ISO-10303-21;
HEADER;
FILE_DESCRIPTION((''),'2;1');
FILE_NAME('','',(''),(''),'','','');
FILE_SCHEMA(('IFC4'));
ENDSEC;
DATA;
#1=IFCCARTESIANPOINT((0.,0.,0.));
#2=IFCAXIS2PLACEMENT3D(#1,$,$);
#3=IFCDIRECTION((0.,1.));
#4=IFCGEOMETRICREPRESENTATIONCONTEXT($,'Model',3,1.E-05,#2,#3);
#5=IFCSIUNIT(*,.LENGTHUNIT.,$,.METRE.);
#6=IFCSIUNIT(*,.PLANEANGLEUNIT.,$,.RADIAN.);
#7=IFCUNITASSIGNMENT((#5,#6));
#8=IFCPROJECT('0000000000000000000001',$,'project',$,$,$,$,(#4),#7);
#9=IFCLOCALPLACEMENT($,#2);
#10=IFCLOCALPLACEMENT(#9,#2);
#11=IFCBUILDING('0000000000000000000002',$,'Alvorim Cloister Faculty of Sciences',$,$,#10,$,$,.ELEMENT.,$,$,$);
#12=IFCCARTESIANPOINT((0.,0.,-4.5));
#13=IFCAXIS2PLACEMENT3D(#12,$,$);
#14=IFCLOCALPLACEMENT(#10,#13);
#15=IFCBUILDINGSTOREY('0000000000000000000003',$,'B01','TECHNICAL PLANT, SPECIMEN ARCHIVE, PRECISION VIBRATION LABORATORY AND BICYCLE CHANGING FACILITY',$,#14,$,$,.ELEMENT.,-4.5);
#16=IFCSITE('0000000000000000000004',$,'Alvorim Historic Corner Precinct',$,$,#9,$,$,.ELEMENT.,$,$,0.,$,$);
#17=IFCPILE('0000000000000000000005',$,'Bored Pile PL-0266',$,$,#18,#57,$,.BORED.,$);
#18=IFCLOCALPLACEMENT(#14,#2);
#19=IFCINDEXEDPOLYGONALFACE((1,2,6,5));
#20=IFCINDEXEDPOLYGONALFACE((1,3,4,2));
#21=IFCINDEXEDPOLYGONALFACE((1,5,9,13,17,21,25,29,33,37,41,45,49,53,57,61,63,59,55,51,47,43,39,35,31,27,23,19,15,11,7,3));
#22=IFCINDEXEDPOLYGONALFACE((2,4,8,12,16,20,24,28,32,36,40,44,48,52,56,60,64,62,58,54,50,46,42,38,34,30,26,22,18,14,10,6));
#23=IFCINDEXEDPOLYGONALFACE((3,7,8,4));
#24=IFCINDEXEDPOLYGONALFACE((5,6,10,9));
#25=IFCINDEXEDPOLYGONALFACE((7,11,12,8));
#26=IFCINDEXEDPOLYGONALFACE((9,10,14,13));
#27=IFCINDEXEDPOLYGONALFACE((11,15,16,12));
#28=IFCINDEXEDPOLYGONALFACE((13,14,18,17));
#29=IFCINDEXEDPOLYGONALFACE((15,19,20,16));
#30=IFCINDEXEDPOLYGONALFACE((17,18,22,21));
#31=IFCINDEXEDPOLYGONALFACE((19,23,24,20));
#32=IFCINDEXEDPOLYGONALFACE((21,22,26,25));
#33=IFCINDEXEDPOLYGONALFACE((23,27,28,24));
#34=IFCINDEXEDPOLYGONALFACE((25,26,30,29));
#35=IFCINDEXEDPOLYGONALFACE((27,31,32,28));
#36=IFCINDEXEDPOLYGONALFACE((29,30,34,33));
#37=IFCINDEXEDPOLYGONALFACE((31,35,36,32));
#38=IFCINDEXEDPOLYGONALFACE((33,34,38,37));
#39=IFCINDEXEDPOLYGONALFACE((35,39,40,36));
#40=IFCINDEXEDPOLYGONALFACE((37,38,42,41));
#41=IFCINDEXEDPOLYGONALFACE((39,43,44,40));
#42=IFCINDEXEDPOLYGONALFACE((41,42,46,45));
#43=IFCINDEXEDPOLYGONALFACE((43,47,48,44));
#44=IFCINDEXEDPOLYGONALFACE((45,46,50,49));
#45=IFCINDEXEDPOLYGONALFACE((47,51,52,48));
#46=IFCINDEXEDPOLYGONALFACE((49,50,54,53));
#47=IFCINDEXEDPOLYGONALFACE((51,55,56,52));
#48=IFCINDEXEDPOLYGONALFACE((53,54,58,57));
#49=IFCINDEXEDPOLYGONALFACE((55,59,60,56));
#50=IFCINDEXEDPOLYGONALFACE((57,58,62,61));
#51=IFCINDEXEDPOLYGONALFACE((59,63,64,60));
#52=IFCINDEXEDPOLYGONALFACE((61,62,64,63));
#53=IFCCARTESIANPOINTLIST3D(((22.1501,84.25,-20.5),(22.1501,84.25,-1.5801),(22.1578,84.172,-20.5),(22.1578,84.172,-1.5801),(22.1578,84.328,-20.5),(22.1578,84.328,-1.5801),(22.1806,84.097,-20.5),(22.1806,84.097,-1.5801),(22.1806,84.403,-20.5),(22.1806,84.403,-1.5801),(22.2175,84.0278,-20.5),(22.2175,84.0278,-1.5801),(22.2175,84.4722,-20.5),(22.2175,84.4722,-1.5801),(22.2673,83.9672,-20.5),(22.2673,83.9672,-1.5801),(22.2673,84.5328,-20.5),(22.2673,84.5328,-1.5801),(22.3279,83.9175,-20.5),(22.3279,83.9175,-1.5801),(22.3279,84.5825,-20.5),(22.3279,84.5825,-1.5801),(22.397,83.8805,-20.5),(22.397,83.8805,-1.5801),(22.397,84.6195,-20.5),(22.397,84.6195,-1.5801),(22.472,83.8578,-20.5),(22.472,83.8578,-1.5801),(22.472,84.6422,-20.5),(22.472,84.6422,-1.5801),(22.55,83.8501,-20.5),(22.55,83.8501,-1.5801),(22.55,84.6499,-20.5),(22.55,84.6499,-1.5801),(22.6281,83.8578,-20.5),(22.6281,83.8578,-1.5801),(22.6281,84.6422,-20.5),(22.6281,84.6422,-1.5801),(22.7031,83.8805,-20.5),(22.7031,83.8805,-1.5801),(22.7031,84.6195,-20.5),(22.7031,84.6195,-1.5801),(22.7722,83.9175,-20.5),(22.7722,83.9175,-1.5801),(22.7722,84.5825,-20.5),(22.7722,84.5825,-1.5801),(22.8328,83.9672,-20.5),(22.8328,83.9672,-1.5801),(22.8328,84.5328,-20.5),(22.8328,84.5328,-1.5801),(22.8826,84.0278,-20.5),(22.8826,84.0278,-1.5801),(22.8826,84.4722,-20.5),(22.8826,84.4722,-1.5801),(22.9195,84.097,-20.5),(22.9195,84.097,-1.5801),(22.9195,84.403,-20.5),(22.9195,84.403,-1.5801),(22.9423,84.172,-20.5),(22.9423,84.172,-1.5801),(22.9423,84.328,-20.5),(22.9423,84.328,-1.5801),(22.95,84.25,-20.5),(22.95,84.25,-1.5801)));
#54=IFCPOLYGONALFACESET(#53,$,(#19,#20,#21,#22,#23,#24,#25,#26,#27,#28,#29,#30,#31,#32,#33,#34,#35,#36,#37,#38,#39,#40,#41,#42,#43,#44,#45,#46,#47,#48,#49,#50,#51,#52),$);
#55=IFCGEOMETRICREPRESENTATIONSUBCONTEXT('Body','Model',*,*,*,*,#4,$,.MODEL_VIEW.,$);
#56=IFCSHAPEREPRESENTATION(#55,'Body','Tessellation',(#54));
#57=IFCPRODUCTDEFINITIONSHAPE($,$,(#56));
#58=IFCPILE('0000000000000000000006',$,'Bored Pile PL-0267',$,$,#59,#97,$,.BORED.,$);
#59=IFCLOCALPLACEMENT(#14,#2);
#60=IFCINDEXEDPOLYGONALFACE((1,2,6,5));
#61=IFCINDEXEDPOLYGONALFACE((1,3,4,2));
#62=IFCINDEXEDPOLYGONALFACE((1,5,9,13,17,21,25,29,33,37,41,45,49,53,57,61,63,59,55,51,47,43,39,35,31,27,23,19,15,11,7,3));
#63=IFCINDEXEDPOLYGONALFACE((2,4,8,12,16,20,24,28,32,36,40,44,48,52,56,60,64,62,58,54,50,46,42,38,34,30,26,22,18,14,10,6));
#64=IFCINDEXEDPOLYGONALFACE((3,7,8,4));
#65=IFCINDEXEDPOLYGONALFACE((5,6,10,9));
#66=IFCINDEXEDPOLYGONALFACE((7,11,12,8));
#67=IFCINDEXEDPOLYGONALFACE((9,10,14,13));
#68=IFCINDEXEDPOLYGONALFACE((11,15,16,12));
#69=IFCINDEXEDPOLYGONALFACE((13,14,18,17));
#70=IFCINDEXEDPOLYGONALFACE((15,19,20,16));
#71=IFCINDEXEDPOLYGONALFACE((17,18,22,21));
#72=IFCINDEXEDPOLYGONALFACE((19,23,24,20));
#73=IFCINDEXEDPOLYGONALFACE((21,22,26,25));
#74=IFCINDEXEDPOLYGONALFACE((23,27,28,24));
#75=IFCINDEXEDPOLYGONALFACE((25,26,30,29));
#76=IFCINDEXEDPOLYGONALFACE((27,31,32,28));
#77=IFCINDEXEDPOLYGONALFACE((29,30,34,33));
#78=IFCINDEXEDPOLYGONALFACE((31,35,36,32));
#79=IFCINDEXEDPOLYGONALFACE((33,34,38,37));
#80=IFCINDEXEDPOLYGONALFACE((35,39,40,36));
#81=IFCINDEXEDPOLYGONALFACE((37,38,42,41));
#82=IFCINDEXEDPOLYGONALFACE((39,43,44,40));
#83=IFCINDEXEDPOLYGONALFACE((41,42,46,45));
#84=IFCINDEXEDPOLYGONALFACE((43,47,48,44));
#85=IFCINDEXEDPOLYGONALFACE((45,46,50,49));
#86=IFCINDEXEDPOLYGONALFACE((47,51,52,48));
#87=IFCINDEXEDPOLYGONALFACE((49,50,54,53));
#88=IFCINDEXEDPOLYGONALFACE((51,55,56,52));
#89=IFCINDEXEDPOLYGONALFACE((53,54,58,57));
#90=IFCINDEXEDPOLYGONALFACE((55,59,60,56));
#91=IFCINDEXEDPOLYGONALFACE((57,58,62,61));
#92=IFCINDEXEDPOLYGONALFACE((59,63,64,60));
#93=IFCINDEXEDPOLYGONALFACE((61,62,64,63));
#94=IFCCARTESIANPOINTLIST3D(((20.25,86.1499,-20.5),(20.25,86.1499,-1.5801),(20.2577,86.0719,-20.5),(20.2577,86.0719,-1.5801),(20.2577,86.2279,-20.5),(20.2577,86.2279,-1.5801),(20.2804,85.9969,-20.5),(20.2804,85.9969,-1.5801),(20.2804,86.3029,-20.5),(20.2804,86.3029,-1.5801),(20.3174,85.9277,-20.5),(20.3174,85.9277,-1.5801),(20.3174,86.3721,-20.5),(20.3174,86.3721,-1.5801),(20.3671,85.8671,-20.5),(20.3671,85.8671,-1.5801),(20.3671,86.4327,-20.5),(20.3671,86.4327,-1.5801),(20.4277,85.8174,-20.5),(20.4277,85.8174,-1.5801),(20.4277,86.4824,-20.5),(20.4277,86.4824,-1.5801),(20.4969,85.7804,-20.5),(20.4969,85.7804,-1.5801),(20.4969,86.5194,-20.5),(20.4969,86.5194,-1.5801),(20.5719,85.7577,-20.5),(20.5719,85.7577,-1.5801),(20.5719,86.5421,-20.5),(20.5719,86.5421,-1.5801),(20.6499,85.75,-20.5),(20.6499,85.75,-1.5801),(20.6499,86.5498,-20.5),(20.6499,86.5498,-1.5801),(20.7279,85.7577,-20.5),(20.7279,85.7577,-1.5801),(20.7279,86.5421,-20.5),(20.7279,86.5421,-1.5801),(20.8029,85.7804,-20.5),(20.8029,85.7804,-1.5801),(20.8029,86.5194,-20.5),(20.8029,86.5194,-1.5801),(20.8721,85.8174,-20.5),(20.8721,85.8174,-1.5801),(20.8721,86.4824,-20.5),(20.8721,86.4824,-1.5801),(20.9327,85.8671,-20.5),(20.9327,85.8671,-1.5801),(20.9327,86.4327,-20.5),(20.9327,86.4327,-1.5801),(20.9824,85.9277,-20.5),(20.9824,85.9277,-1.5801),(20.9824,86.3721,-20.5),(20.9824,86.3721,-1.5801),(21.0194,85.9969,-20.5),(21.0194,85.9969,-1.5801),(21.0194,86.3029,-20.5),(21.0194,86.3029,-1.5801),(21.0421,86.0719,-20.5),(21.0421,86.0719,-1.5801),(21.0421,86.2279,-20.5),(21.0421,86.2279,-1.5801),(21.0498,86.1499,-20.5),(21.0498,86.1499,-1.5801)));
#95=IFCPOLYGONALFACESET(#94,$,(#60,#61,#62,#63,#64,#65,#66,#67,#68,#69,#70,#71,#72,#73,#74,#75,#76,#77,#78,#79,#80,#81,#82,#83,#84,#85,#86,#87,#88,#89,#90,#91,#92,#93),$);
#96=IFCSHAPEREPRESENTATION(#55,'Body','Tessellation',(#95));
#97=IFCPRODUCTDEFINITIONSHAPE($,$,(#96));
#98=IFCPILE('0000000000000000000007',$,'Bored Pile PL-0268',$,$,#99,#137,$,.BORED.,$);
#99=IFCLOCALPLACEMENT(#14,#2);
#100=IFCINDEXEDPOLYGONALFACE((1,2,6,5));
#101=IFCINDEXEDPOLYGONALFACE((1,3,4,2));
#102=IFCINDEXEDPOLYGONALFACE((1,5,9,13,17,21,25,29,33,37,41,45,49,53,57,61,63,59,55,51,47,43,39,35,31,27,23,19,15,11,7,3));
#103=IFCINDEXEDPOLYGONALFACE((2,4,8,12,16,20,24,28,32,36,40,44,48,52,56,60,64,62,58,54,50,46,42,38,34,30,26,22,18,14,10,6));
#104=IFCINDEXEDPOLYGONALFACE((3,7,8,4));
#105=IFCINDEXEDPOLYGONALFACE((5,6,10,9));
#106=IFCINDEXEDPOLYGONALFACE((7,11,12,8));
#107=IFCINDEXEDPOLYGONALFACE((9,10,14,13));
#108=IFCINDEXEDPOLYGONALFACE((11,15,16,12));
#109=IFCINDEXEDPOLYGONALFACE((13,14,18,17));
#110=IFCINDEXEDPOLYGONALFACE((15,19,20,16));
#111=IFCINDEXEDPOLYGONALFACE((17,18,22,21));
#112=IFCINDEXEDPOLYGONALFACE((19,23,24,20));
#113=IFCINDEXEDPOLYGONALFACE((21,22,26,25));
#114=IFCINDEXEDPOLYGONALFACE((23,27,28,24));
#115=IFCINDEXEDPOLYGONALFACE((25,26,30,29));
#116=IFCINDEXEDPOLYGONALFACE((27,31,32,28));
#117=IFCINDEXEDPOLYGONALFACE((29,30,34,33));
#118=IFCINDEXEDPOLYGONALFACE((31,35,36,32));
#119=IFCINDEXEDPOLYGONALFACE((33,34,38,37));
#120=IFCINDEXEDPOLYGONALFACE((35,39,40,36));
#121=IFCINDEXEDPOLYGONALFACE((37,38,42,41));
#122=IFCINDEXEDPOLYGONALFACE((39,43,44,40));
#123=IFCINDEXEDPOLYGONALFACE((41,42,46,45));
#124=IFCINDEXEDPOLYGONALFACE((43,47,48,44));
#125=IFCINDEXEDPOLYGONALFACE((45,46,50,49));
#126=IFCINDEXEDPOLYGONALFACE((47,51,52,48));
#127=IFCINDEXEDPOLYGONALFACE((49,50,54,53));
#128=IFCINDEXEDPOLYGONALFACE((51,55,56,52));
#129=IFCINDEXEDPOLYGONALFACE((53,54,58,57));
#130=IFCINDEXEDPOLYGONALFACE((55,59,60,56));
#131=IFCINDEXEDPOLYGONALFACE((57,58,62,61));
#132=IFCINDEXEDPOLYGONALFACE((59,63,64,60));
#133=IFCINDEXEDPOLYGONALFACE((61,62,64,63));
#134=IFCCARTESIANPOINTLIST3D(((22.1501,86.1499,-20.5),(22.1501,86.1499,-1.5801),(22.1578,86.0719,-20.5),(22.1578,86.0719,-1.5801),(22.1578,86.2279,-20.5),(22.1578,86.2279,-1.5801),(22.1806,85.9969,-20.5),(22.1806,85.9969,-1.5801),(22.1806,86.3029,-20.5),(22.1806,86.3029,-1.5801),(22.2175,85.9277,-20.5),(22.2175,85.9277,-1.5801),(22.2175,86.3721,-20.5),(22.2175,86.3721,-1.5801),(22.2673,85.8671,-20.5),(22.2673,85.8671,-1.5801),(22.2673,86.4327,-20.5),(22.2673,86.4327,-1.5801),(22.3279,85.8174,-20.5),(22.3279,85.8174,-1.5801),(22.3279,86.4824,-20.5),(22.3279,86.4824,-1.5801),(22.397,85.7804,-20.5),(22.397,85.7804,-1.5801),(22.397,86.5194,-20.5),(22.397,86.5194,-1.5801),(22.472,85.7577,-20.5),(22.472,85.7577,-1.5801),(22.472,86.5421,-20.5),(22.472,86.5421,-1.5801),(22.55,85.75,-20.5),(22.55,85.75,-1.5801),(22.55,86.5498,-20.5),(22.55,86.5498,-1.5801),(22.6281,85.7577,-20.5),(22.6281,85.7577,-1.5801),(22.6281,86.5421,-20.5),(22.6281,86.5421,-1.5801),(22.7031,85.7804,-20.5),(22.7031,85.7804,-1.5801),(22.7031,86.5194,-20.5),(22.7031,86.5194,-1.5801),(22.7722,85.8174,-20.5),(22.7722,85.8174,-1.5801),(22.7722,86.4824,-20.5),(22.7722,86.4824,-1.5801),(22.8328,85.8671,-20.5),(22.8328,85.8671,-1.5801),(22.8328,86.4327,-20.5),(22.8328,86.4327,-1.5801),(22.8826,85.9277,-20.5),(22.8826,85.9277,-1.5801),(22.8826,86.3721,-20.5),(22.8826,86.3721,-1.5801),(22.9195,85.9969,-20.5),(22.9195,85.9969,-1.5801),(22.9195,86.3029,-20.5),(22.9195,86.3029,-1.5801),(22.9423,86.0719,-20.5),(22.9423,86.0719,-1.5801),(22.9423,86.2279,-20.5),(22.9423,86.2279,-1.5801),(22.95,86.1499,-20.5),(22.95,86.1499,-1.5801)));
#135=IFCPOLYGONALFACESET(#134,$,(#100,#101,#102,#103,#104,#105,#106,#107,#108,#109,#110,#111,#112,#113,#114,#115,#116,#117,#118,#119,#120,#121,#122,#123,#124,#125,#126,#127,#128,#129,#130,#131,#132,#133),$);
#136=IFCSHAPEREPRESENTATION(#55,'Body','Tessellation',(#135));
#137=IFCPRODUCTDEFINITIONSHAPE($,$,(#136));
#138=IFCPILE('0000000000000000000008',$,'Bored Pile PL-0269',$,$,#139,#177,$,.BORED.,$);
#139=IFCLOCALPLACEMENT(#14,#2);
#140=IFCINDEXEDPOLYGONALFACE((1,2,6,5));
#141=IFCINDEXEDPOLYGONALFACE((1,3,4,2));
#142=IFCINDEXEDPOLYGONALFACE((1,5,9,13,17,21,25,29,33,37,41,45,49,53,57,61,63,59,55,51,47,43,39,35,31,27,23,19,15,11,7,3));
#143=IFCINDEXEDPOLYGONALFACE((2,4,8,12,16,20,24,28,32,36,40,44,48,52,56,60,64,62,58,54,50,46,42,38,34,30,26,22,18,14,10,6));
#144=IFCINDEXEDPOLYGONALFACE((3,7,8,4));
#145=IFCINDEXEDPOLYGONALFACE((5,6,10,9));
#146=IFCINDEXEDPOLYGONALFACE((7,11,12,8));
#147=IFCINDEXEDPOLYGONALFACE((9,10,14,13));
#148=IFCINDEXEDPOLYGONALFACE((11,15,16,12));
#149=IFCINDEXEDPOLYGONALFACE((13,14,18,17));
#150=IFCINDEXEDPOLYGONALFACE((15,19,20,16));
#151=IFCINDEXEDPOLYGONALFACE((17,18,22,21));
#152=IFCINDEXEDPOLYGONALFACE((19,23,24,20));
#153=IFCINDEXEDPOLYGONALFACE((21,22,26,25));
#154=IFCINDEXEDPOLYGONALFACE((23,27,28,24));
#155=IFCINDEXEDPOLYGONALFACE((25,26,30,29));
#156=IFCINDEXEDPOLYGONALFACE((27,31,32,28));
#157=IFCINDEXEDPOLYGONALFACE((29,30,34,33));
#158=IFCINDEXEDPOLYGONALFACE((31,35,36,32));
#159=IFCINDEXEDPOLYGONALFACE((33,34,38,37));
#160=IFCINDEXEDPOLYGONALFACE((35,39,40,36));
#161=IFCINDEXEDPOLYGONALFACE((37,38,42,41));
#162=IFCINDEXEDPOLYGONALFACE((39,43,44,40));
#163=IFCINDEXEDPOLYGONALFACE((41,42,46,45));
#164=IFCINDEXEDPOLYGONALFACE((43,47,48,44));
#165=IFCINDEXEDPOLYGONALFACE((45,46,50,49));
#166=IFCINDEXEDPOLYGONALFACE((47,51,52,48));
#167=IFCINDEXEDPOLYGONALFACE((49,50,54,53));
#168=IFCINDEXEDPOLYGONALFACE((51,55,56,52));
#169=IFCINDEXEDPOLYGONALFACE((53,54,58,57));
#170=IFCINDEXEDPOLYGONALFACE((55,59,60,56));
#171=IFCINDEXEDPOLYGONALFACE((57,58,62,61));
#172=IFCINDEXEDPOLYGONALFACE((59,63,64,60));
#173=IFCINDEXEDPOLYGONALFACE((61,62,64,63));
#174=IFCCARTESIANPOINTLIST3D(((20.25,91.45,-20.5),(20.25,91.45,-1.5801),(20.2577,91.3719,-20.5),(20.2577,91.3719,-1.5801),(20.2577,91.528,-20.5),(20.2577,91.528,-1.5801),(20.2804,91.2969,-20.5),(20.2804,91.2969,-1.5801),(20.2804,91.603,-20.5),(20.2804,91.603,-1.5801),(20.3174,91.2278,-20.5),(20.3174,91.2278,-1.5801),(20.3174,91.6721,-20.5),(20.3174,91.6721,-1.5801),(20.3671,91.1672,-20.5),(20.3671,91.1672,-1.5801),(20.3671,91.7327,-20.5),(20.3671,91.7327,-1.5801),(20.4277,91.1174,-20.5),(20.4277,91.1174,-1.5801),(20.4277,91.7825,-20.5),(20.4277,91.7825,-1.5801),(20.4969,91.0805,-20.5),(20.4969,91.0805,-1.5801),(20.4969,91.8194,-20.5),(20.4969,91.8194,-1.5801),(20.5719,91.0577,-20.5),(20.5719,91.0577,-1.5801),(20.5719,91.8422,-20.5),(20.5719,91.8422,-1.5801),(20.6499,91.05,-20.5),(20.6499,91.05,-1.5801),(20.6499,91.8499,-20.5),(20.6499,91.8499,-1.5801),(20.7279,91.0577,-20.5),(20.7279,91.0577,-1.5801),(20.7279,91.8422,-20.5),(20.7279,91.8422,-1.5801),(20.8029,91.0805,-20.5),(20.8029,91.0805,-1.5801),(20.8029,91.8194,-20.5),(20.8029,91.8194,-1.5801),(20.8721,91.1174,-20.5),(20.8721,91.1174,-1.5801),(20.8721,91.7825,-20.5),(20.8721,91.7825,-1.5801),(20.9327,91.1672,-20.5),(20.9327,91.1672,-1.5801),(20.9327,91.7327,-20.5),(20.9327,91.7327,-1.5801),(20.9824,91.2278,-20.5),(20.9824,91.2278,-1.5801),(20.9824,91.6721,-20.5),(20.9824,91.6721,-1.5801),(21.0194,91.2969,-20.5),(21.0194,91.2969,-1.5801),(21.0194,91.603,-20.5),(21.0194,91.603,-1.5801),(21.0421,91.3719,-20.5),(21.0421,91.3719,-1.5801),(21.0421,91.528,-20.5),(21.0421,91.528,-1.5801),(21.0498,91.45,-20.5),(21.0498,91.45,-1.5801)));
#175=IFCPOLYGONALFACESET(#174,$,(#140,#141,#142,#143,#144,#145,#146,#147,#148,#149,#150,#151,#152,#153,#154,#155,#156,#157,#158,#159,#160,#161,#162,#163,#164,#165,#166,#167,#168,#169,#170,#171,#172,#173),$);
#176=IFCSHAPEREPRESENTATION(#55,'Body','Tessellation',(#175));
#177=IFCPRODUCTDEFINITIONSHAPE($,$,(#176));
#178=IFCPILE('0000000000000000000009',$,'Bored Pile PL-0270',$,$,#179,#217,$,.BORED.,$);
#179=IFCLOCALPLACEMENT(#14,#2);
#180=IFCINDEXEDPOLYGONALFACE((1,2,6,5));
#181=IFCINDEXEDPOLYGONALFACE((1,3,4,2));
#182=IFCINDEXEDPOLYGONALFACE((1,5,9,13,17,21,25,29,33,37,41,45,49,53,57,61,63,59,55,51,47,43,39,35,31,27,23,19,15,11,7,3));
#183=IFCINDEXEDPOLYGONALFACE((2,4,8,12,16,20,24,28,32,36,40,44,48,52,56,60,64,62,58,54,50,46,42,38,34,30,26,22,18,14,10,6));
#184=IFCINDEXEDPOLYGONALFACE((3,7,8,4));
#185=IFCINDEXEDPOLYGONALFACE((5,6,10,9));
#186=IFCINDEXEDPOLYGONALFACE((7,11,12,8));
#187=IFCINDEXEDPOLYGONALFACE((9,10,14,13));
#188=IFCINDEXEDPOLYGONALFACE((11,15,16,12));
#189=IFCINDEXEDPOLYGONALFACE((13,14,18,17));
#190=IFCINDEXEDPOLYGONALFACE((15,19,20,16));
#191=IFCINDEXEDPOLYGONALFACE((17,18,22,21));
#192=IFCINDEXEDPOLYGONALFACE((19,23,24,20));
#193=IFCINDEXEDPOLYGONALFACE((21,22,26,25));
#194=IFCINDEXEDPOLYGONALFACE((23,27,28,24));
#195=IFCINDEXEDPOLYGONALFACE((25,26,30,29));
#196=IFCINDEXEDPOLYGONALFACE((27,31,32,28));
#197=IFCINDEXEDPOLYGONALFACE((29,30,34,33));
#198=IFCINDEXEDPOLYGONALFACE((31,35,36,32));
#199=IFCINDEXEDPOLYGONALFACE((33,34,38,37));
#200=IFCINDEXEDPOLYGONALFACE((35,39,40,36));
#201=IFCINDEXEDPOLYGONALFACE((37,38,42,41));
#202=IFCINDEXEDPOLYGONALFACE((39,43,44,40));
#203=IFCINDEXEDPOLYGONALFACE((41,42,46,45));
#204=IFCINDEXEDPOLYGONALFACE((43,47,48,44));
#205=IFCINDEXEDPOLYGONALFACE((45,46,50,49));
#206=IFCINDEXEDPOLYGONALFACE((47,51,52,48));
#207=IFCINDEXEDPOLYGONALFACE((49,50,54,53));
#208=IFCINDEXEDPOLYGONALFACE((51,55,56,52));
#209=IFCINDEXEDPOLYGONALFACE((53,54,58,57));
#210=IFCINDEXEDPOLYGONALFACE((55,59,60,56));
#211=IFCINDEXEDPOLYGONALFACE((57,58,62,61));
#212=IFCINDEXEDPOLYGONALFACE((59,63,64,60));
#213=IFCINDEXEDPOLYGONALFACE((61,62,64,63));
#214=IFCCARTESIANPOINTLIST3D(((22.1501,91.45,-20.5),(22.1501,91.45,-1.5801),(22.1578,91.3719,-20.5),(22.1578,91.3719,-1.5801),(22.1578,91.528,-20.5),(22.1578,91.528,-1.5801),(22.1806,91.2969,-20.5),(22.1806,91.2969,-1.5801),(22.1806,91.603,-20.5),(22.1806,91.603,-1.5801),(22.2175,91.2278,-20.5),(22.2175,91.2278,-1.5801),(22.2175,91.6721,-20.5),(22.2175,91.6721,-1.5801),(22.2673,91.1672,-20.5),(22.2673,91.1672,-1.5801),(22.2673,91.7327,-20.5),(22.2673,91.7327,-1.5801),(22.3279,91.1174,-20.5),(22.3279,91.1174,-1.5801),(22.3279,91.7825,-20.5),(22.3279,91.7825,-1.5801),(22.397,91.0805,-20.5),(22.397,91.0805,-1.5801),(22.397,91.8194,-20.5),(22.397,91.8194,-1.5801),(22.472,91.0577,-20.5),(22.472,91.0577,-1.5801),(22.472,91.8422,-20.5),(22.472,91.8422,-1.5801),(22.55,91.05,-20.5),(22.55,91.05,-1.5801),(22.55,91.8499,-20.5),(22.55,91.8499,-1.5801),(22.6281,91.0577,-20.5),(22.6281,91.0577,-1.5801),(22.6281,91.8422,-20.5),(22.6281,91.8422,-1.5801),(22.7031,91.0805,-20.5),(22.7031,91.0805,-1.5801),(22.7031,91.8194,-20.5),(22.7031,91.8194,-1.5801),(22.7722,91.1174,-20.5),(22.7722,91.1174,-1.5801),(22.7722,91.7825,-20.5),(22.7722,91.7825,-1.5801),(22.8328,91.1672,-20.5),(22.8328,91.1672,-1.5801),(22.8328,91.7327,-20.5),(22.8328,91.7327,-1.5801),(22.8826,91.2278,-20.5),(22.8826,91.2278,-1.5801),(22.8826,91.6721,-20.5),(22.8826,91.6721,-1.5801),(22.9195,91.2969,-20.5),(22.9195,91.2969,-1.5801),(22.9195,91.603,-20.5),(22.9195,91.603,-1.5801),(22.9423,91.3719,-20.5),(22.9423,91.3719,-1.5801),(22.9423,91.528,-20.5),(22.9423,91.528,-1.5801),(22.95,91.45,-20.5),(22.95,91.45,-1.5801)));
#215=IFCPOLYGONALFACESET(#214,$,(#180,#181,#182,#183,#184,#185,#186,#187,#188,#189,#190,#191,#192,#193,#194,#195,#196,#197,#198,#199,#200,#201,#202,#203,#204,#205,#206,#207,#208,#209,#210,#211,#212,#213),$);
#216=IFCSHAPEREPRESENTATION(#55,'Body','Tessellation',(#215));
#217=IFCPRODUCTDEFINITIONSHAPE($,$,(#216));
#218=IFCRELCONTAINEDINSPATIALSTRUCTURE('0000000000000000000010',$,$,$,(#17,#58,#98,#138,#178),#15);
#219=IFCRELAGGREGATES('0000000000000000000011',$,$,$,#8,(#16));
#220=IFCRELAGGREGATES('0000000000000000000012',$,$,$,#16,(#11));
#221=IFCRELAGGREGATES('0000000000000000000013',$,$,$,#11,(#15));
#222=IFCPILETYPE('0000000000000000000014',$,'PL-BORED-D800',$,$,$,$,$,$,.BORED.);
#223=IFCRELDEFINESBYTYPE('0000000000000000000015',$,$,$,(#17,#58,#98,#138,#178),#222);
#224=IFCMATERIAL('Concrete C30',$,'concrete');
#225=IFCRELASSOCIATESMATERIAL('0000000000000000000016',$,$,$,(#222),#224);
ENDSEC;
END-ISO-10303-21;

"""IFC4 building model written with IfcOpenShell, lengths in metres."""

from ifc_helpers import new_model, si_unit, direction, frame, origin, origin_2d, place, context, subcontext, project, spatial, circle, extrude, material, material_profile, profile_set, type_object, element, save


model = new_model("IFC4")

# Units and contexts
model_context = context("Model", 3, precision=1e-05, world=origin(), true_north=direction((0.0, 1.0)))
body_context = subcontext(model_context, "Body", "Model", "MODEL_VIEW")
ifc_project = project(units=[si_unit("LENGTHUNIT", "METRE"), si_unit("PLANEANGLEUNIT", "RADIAN")], contexts=[model_context])

# Site, building, storey
site_placement = place(None, origin())
site = spatial("IfcSite", under=ifc_project, at=site_placement, Name="Alvorim Historic Corner Precinct", CompositionType="ELEMENT", RefElevation=0.0)
building_placement = place(site_placement, origin())
building = spatial("IfcBuilding", under=site, at=building_placement, Name="Alvorim Cloister Faculty of Sciences", CompositionType="ELEMENT")
storey_placement = place(building_placement, frame((0.0, 0.0, -4.5)))
storey = spatial("IfcBuildingStorey", under=building, at=storey_placement, Name="B01", Description="TECHNICAL PLANT, SPECIMEN ARCHIVE, PRECISION VIBRATION LABORATORY AND BICYCLE CHANGING FACILITY", CompositionType="ELEMENT", Elevation=-4.5)

# Piles
ifc_material_1 = material(Name="Concrete C30", Category="concrete")
ifc_material_profile_1 = material_profile(ifc_material_1, circle(Radius=0.3999, at=origin_2d()), Name="PILE-D800")
ifc_profile_set_1 = profile_set([ifc_material_profile_1], Name="Concrete C30")
pile_type_1 = type_object("IfcPileType", Name="PL-BORED-D800", PredefinedType="BORED", material=ifc_profile_set_1)
for number, where, z_axis, x_axis, name in (
    (1, (22.55, 84.25, -1.5801), (0.0, 0.0, -1.0), (1.0, 0.0, 0.0), "Bored Pile PL-0266"),
    (2, (20.6499, 86.1499, -1.5801), (0.0, 0.0, -1.0), (1.0, 0.0, 0.0), "Bored Pile PL-0267"),
    (3, (22.55, 86.1499, -1.5801), (0.0, 0.0, -1.0), (1.0, 0.0, 0.0), "Bored Pile PL-0268"),
    (4, (20.6499, 91.45, -1.5801), (0.0, 0.0, -1.0), (1.0, 0.0, 0.0), "Bored Pile PL-0269"),
    (5, (22.55, 91.45, -1.5801), (0.0, 0.0, -1.0), (1.0, 0.0, 0.0), "Bored Pile PL-0270"),
):
    element("IfcPile", number, at=place(storey_placement, frame(where, z_axis=z_axis, x_axis=x_axis)), inside=storey, type_object=pile_type_1, Name=name, PredefinedType="BORED", context=body_context, shape_type="SweptSolid", body=[
        extrude(circle(Radius=0.3999, at=origin_2d()), origin(), (0.0, 0.0, 1.0), 18.9199),
    ])

save(model, "model.ifc")
